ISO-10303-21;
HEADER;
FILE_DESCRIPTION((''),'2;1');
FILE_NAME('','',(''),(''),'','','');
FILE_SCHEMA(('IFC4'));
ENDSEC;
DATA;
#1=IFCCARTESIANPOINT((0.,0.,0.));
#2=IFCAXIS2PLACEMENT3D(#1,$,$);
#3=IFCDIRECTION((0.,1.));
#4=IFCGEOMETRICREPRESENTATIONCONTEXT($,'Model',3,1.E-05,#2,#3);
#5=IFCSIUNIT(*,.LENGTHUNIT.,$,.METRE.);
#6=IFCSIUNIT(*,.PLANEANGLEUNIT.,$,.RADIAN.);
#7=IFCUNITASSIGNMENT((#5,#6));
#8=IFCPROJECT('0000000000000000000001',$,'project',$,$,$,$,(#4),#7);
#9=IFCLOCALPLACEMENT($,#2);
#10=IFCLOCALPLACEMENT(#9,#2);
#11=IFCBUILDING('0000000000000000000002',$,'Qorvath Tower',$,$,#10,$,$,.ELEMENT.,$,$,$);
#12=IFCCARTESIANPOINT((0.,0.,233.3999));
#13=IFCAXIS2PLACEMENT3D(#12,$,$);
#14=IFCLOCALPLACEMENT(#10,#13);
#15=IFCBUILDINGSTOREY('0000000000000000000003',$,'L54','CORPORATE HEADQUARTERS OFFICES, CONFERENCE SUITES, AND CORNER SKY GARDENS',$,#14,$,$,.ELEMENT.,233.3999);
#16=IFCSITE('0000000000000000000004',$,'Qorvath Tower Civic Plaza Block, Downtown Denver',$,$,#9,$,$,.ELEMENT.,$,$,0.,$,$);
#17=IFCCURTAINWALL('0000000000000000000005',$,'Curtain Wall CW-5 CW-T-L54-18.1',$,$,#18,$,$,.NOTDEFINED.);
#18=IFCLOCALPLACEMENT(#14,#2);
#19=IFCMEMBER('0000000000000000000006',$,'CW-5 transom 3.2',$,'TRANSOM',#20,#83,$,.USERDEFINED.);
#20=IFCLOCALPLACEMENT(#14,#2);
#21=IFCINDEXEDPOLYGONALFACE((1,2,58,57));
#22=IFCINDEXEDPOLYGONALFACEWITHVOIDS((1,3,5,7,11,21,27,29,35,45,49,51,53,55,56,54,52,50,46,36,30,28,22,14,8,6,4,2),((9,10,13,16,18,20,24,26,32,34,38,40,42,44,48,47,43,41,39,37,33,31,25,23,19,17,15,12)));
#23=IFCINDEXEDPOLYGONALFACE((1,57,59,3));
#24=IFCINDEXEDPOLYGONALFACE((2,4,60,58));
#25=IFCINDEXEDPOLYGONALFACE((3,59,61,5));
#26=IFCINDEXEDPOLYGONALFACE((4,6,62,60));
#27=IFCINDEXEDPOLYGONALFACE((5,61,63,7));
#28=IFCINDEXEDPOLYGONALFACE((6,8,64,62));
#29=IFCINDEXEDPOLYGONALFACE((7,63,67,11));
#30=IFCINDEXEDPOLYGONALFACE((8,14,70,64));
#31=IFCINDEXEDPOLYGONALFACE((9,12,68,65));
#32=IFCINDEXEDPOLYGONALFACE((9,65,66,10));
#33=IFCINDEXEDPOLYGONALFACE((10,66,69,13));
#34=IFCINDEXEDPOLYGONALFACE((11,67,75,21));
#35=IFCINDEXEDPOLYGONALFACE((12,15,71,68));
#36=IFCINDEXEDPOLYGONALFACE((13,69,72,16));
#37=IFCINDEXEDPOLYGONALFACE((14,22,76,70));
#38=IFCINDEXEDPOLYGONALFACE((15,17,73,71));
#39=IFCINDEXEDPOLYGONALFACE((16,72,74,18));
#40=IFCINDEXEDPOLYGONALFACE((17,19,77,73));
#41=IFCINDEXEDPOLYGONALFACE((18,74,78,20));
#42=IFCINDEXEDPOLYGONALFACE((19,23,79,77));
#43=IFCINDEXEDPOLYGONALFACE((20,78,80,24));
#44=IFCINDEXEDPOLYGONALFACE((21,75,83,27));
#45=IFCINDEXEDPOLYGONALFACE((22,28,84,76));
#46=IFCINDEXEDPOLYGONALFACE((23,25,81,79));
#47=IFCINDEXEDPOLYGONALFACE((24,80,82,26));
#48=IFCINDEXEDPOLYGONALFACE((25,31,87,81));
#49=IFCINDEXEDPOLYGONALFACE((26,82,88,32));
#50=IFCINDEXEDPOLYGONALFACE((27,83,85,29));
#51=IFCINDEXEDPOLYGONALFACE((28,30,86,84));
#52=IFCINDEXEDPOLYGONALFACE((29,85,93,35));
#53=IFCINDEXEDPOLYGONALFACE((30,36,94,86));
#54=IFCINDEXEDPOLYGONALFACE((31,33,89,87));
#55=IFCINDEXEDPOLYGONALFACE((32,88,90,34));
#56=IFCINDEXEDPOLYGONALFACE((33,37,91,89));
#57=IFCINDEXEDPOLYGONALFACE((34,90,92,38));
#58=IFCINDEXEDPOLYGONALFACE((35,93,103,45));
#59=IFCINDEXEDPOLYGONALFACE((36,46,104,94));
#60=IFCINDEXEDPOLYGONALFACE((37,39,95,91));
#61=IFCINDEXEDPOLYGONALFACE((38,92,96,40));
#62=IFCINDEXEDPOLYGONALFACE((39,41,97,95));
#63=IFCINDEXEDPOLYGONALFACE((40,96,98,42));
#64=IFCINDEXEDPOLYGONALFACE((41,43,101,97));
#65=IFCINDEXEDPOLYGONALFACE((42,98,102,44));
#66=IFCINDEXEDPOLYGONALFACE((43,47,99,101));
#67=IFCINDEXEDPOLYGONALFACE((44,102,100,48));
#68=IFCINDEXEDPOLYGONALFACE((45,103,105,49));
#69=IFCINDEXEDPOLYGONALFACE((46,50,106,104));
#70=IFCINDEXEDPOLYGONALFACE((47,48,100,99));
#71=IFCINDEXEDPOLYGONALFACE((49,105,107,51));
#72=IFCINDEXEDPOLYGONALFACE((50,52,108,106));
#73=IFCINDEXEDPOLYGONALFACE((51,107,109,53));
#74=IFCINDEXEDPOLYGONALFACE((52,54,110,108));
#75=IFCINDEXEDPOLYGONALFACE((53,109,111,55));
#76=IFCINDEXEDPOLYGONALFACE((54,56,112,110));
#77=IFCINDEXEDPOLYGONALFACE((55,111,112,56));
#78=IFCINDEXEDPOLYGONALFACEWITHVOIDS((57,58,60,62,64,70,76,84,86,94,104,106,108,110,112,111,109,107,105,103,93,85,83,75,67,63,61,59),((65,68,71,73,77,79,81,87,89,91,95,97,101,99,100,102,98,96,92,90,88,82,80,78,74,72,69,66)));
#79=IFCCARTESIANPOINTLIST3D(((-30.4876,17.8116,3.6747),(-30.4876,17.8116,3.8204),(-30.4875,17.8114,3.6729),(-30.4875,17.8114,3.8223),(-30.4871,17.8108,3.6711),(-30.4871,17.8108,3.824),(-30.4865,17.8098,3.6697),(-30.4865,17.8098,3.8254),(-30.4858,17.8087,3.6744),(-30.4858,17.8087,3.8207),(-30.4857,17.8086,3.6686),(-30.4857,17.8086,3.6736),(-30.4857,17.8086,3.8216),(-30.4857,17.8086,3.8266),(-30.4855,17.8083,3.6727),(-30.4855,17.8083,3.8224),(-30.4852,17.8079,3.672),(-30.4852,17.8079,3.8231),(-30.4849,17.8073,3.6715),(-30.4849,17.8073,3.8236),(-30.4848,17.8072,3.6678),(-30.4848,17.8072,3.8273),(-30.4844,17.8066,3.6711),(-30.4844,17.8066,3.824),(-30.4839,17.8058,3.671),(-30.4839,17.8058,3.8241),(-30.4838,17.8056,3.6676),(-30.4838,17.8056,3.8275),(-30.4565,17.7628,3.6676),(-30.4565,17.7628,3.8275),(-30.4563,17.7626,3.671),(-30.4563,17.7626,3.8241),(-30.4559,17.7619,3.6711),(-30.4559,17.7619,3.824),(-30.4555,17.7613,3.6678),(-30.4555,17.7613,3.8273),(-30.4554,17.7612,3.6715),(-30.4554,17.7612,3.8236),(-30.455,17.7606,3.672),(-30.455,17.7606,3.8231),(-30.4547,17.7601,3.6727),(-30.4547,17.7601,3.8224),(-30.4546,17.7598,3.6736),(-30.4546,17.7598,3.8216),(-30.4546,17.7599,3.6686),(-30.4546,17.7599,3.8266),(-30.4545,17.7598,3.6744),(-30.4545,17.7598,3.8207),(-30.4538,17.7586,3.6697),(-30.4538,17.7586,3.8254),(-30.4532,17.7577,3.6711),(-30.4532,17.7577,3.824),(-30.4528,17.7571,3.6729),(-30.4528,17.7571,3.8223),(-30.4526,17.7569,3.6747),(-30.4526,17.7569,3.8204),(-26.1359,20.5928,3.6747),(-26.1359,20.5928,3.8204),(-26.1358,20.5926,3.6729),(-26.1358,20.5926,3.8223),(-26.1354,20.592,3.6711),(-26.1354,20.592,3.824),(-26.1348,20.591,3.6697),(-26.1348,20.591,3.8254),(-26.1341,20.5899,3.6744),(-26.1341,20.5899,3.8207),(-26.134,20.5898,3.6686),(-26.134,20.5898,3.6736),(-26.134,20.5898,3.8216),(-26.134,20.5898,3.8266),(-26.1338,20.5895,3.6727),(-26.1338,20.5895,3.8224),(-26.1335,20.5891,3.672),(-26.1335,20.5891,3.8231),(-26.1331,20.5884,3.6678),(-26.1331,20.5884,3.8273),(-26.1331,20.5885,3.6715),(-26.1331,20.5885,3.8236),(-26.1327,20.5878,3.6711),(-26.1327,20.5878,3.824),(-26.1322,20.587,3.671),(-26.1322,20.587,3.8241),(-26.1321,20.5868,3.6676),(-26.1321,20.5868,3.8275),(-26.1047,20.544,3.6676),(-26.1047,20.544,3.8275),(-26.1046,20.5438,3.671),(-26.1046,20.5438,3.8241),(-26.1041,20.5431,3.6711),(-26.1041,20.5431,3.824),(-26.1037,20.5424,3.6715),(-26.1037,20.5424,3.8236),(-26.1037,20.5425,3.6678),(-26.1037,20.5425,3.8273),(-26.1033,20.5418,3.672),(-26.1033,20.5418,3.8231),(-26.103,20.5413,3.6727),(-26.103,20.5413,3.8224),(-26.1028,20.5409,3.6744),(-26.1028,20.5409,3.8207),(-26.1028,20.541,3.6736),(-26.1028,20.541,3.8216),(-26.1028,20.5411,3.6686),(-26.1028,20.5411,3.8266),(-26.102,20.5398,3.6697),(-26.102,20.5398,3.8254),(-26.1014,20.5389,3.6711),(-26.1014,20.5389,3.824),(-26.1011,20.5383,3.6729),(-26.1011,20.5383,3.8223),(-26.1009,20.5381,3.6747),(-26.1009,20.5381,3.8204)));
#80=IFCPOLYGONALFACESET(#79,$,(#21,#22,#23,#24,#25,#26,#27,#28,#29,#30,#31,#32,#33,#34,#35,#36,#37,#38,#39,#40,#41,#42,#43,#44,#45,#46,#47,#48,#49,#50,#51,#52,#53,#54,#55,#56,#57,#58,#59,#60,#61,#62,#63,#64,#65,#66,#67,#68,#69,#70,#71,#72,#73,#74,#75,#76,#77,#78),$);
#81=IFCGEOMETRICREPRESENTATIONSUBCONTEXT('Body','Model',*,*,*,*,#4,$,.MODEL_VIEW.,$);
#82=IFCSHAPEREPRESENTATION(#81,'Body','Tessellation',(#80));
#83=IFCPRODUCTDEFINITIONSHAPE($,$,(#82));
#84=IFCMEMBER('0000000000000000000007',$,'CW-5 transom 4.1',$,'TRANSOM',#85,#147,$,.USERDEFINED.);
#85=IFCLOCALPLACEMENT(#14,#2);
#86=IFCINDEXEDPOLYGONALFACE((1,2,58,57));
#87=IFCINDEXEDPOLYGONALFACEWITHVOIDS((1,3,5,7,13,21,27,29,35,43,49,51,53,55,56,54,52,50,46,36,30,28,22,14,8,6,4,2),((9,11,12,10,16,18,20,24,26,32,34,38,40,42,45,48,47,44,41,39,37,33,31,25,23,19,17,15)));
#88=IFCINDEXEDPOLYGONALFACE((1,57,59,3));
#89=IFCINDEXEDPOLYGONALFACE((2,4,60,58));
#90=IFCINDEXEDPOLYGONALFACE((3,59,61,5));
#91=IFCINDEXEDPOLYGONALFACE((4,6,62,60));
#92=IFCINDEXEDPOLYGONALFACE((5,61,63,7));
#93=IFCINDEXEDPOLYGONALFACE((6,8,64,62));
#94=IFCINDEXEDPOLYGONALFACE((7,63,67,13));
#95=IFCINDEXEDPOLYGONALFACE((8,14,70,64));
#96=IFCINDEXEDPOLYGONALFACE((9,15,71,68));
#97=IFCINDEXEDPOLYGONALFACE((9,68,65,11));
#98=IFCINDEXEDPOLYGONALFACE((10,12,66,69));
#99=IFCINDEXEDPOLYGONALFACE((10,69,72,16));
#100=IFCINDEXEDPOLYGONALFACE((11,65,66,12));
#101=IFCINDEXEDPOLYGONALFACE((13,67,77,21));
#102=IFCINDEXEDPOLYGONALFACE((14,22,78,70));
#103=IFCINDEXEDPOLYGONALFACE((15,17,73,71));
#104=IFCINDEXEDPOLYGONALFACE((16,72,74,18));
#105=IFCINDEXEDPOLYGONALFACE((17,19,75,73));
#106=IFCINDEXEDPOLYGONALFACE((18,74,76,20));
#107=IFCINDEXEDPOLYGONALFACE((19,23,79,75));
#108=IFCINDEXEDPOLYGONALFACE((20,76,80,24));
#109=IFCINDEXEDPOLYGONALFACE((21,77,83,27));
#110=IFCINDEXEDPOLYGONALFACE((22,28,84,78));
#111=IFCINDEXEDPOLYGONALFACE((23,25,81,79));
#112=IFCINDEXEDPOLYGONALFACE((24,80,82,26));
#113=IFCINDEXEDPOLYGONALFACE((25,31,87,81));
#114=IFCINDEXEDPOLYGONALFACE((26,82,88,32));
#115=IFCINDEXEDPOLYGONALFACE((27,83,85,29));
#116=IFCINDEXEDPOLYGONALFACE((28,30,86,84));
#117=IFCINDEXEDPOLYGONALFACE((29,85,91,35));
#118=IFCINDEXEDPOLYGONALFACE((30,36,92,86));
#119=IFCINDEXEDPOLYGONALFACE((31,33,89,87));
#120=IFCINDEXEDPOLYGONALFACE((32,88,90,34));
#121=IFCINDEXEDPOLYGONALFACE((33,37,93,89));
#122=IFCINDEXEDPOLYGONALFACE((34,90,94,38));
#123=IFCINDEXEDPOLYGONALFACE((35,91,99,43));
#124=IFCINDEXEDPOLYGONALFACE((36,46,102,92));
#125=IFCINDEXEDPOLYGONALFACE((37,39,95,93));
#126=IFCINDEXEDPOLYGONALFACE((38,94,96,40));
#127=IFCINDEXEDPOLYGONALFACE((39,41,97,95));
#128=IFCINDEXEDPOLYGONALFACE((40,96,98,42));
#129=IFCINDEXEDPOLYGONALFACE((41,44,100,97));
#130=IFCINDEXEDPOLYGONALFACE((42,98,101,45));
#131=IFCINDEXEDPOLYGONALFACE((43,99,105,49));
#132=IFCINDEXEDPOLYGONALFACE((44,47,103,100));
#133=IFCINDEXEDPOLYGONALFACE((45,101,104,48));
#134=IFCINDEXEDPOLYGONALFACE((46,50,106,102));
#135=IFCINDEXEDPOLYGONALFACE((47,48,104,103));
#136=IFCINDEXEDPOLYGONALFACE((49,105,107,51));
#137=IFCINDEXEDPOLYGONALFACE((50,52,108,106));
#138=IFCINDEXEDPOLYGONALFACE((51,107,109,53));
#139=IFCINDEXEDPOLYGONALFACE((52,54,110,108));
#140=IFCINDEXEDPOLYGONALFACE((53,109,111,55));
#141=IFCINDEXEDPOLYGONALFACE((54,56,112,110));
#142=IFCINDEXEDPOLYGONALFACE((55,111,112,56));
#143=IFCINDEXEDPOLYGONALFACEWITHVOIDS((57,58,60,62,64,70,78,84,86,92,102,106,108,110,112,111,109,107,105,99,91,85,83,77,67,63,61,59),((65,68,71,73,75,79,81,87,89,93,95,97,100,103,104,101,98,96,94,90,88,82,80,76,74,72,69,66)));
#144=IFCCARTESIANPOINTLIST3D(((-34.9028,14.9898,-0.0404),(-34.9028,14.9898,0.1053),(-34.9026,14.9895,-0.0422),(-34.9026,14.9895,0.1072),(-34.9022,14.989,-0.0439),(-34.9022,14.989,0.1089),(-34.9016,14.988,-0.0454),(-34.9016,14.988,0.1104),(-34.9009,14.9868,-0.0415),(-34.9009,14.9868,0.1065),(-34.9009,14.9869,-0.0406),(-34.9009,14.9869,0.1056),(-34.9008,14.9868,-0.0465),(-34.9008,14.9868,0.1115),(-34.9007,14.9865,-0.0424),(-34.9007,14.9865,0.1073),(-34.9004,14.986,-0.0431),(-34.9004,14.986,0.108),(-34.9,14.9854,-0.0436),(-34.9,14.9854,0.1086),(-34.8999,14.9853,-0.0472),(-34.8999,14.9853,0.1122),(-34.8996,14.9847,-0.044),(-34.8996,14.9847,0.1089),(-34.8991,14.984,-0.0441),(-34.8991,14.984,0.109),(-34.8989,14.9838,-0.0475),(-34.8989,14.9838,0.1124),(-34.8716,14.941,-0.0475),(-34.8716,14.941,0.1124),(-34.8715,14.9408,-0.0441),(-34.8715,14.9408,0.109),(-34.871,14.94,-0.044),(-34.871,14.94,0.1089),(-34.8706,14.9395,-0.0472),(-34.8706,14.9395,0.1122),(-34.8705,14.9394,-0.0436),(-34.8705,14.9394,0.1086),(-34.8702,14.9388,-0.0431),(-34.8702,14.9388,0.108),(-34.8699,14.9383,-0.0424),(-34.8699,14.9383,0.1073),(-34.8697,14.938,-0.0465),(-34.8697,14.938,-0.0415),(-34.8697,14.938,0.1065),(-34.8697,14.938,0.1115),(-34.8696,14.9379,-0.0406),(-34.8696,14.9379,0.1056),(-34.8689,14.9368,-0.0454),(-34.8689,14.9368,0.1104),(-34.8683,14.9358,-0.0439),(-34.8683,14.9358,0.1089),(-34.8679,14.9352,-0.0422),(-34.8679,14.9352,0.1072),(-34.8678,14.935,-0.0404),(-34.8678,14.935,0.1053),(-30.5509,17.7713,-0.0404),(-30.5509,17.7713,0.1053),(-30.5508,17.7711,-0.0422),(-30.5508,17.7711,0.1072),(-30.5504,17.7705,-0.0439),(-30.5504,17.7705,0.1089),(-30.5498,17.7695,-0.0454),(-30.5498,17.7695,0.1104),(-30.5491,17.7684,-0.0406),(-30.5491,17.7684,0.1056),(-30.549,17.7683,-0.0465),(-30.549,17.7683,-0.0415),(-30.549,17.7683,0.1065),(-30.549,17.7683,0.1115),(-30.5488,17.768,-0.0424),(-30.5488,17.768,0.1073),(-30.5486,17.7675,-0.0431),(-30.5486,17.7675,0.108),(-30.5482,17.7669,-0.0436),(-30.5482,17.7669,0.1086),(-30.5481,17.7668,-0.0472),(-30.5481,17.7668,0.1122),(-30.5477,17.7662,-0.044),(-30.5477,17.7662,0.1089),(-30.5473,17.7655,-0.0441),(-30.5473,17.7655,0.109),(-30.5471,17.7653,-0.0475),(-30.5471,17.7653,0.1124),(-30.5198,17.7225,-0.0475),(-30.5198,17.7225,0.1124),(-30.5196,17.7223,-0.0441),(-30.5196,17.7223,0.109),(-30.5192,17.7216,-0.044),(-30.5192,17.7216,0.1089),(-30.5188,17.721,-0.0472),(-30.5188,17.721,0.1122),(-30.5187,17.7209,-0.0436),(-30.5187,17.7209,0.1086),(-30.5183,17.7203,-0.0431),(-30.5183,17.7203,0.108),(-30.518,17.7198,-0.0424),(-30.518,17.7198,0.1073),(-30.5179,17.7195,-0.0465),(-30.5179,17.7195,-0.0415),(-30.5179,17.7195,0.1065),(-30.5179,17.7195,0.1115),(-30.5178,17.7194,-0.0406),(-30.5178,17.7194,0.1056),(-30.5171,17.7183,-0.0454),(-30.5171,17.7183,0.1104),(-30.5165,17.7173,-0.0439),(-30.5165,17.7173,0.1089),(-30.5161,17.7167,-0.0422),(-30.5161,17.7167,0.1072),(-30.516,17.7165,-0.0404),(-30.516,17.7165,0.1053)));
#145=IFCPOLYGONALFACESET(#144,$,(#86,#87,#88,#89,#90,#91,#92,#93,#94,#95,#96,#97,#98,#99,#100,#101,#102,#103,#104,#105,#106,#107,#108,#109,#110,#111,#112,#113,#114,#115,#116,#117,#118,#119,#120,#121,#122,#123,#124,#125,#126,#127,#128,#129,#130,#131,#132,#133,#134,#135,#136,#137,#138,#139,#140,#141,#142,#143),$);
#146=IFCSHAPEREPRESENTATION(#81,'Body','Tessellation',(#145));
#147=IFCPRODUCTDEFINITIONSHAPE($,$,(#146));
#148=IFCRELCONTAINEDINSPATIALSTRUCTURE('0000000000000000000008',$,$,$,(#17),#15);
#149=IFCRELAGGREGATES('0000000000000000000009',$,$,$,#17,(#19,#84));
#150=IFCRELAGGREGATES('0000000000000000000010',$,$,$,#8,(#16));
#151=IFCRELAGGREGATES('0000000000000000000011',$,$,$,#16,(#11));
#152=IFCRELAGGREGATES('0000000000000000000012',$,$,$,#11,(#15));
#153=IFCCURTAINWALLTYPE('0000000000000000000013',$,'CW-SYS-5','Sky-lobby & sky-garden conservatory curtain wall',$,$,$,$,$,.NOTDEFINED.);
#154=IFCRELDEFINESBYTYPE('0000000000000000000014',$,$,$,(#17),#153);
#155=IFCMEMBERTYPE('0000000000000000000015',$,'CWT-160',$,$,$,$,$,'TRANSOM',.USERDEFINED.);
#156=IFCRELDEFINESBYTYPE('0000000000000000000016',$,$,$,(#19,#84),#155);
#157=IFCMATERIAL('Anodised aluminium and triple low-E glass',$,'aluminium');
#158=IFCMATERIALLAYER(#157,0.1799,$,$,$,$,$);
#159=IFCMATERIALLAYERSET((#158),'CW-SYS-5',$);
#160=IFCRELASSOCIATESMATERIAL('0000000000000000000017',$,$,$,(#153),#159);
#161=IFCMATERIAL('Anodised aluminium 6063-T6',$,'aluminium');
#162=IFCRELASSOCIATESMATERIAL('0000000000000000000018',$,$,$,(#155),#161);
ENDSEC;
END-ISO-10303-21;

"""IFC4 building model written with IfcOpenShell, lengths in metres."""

from ifc_helpers import new_model, si_unit, direction, frame, origin, origin_2d, place, context, subcontext, project, spatial, hollow_rectangle, extrude, material, layer, layer_set, material_profile, profile_set, type_object, element, aggregate, save


model = new_model("IFC4")

# Units and contexts
model_context = context("Model", 3, precision=1e-05, world=origin(), true_north=direction((0.0, 1.0)))
body_context = subcontext(model_context, "Body", "Model", "MODEL_VIEW")
ifc_project = project(units=[si_unit("LENGTHUNIT", "METRE"), si_unit("PLANEANGLEUNIT", "RADIAN")], contexts=[model_context])

# Site, building, storey
site_placement = place(None, origin())
site = spatial("IfcSite", under=ifc_project, at=site_placement, Name="Qorvath Tower Civic Plaza Block, Downtown Denver", CompositionType="ELEMENT", RefElevation=0.0)
building_placement = place(site_placement, origin())
building = spatial("IfcBuilding", under=site, at=building_placement, Name="Qorvath Tower", CompositionType="ELEMENT")
storey_placement = place(building_placement, frame((0.0, 0.0, 233.3999)))
storey = spatial("IfcBuildingStorey", under=building, at=storey_placement, Name="L54", Description="CORPORATE HEADQUARTERS OFFICES, CONFERENCE SUITES, AND CORNER SKY GARDENS", CompositionType="ELEMENT", Elevation=233.3999)

# Curtain wall, members
ifc_material_1 = material(Name="Anodised aluminium and triple low-E glass", Category="aluminium")
ifc_layer_1 = layer(ifc_material_1, 0.1799)
ifc_layer_set_1 = layer_set([ifc_layer_1], Name="CW-SYS-5")
curtain_wall_type = type_object("IfcCurtainWallType", Name="CW-SYS-5", Description="Sky-lobby & sky-garden conservatory curtain wall", PredefinedType="NOTDEFINED", material=ifc_layer_set_1)
curtain_wall_placement = place(storey_placement, origin())
curtain_wall = element("IfcCurtainWall", 1, at=curtain_wall_placement, inside=storey, type_object=curtain_wall_type, Name="Curtain Wall CW-5 CW-T-L54-18.1", PredefinedType="NOTDEFINED")
ifc_material_2 = material(Name="Anodised aluminium 6063-T6", Category="aluminium")
ifc_material_profile_1 = material_profile(ifc_material_2, hollow_rectangle(XDim=0.0649, YDim=0.1599, WallThickness=0.0034, InnerFilletRadius=0.0034, OuterFilletRadius=0.0071, at=origin_2d()), Name="CWT 160x65")
ifc_profile_set_1 = profile_set([ifc_material_profile_1], Name="Anodised aluminium 6063-T6")
member_type_1 = type_object("IfcMemberType", Name="CWT-160", ElementType="TRANSOM", PredefinedType="USERDEFINED", material=ifc_profile_set_1)
member_1_placement = place(storey_placement, frame((-26.1184, 20.5654, 3.7476), z_axis=(-0.842615, -0.538517, 0.0), x_axis=(0.538517, -0.842615, 0.0)))
member_1 = element("IfcMember", 2, at=member_1_placement, type_object=member_type_1, Name="CW-5 transom 3.2", ObjectType="TRANSOM", PredefinedType="USERDEFINED", context=body_context, shape_type="SweptSolid", body=[
    extrude(hollow_rectangle(XDim=0.0649, YDim=0.1599, WallThickness=0.0034, InnerFilletRadius=0.0034, OuterFilletRadius=0.0071, at=origin_2d()), origin(), (0.0, 0.0, 1.0), 5.1646),
])
member_2_placement = place(storey_placement, frame((-30.5334, 17.7439, 0.0325), z_axis=(-0.842593, -0.538551, 0.0), x_axis=(0.538551, -0.842593, 0.0)))
member_2 = element("IfcMember", 3, at=member_2_placement, type_object=member_type_1, Name="CW-5 transom 4.1", ObjectType="TRANSOM", PredefinedType="USERDEFINED", context=body_context, shape_type="SweptSolid", body=[
    extrude(hollow_rectangle(XDim=0.0649, YDim=0.1599, WallThickness=0.0034, InnerFilletRadius=0.0034, OuterFilletRadius=0.0071, at=origin_2d()), origin(), (0.0, 0.0, 1.0), 5.1648),
])
aggregate(curtain_wall, [member_1, member_2])

save(model, "model.ifc")
